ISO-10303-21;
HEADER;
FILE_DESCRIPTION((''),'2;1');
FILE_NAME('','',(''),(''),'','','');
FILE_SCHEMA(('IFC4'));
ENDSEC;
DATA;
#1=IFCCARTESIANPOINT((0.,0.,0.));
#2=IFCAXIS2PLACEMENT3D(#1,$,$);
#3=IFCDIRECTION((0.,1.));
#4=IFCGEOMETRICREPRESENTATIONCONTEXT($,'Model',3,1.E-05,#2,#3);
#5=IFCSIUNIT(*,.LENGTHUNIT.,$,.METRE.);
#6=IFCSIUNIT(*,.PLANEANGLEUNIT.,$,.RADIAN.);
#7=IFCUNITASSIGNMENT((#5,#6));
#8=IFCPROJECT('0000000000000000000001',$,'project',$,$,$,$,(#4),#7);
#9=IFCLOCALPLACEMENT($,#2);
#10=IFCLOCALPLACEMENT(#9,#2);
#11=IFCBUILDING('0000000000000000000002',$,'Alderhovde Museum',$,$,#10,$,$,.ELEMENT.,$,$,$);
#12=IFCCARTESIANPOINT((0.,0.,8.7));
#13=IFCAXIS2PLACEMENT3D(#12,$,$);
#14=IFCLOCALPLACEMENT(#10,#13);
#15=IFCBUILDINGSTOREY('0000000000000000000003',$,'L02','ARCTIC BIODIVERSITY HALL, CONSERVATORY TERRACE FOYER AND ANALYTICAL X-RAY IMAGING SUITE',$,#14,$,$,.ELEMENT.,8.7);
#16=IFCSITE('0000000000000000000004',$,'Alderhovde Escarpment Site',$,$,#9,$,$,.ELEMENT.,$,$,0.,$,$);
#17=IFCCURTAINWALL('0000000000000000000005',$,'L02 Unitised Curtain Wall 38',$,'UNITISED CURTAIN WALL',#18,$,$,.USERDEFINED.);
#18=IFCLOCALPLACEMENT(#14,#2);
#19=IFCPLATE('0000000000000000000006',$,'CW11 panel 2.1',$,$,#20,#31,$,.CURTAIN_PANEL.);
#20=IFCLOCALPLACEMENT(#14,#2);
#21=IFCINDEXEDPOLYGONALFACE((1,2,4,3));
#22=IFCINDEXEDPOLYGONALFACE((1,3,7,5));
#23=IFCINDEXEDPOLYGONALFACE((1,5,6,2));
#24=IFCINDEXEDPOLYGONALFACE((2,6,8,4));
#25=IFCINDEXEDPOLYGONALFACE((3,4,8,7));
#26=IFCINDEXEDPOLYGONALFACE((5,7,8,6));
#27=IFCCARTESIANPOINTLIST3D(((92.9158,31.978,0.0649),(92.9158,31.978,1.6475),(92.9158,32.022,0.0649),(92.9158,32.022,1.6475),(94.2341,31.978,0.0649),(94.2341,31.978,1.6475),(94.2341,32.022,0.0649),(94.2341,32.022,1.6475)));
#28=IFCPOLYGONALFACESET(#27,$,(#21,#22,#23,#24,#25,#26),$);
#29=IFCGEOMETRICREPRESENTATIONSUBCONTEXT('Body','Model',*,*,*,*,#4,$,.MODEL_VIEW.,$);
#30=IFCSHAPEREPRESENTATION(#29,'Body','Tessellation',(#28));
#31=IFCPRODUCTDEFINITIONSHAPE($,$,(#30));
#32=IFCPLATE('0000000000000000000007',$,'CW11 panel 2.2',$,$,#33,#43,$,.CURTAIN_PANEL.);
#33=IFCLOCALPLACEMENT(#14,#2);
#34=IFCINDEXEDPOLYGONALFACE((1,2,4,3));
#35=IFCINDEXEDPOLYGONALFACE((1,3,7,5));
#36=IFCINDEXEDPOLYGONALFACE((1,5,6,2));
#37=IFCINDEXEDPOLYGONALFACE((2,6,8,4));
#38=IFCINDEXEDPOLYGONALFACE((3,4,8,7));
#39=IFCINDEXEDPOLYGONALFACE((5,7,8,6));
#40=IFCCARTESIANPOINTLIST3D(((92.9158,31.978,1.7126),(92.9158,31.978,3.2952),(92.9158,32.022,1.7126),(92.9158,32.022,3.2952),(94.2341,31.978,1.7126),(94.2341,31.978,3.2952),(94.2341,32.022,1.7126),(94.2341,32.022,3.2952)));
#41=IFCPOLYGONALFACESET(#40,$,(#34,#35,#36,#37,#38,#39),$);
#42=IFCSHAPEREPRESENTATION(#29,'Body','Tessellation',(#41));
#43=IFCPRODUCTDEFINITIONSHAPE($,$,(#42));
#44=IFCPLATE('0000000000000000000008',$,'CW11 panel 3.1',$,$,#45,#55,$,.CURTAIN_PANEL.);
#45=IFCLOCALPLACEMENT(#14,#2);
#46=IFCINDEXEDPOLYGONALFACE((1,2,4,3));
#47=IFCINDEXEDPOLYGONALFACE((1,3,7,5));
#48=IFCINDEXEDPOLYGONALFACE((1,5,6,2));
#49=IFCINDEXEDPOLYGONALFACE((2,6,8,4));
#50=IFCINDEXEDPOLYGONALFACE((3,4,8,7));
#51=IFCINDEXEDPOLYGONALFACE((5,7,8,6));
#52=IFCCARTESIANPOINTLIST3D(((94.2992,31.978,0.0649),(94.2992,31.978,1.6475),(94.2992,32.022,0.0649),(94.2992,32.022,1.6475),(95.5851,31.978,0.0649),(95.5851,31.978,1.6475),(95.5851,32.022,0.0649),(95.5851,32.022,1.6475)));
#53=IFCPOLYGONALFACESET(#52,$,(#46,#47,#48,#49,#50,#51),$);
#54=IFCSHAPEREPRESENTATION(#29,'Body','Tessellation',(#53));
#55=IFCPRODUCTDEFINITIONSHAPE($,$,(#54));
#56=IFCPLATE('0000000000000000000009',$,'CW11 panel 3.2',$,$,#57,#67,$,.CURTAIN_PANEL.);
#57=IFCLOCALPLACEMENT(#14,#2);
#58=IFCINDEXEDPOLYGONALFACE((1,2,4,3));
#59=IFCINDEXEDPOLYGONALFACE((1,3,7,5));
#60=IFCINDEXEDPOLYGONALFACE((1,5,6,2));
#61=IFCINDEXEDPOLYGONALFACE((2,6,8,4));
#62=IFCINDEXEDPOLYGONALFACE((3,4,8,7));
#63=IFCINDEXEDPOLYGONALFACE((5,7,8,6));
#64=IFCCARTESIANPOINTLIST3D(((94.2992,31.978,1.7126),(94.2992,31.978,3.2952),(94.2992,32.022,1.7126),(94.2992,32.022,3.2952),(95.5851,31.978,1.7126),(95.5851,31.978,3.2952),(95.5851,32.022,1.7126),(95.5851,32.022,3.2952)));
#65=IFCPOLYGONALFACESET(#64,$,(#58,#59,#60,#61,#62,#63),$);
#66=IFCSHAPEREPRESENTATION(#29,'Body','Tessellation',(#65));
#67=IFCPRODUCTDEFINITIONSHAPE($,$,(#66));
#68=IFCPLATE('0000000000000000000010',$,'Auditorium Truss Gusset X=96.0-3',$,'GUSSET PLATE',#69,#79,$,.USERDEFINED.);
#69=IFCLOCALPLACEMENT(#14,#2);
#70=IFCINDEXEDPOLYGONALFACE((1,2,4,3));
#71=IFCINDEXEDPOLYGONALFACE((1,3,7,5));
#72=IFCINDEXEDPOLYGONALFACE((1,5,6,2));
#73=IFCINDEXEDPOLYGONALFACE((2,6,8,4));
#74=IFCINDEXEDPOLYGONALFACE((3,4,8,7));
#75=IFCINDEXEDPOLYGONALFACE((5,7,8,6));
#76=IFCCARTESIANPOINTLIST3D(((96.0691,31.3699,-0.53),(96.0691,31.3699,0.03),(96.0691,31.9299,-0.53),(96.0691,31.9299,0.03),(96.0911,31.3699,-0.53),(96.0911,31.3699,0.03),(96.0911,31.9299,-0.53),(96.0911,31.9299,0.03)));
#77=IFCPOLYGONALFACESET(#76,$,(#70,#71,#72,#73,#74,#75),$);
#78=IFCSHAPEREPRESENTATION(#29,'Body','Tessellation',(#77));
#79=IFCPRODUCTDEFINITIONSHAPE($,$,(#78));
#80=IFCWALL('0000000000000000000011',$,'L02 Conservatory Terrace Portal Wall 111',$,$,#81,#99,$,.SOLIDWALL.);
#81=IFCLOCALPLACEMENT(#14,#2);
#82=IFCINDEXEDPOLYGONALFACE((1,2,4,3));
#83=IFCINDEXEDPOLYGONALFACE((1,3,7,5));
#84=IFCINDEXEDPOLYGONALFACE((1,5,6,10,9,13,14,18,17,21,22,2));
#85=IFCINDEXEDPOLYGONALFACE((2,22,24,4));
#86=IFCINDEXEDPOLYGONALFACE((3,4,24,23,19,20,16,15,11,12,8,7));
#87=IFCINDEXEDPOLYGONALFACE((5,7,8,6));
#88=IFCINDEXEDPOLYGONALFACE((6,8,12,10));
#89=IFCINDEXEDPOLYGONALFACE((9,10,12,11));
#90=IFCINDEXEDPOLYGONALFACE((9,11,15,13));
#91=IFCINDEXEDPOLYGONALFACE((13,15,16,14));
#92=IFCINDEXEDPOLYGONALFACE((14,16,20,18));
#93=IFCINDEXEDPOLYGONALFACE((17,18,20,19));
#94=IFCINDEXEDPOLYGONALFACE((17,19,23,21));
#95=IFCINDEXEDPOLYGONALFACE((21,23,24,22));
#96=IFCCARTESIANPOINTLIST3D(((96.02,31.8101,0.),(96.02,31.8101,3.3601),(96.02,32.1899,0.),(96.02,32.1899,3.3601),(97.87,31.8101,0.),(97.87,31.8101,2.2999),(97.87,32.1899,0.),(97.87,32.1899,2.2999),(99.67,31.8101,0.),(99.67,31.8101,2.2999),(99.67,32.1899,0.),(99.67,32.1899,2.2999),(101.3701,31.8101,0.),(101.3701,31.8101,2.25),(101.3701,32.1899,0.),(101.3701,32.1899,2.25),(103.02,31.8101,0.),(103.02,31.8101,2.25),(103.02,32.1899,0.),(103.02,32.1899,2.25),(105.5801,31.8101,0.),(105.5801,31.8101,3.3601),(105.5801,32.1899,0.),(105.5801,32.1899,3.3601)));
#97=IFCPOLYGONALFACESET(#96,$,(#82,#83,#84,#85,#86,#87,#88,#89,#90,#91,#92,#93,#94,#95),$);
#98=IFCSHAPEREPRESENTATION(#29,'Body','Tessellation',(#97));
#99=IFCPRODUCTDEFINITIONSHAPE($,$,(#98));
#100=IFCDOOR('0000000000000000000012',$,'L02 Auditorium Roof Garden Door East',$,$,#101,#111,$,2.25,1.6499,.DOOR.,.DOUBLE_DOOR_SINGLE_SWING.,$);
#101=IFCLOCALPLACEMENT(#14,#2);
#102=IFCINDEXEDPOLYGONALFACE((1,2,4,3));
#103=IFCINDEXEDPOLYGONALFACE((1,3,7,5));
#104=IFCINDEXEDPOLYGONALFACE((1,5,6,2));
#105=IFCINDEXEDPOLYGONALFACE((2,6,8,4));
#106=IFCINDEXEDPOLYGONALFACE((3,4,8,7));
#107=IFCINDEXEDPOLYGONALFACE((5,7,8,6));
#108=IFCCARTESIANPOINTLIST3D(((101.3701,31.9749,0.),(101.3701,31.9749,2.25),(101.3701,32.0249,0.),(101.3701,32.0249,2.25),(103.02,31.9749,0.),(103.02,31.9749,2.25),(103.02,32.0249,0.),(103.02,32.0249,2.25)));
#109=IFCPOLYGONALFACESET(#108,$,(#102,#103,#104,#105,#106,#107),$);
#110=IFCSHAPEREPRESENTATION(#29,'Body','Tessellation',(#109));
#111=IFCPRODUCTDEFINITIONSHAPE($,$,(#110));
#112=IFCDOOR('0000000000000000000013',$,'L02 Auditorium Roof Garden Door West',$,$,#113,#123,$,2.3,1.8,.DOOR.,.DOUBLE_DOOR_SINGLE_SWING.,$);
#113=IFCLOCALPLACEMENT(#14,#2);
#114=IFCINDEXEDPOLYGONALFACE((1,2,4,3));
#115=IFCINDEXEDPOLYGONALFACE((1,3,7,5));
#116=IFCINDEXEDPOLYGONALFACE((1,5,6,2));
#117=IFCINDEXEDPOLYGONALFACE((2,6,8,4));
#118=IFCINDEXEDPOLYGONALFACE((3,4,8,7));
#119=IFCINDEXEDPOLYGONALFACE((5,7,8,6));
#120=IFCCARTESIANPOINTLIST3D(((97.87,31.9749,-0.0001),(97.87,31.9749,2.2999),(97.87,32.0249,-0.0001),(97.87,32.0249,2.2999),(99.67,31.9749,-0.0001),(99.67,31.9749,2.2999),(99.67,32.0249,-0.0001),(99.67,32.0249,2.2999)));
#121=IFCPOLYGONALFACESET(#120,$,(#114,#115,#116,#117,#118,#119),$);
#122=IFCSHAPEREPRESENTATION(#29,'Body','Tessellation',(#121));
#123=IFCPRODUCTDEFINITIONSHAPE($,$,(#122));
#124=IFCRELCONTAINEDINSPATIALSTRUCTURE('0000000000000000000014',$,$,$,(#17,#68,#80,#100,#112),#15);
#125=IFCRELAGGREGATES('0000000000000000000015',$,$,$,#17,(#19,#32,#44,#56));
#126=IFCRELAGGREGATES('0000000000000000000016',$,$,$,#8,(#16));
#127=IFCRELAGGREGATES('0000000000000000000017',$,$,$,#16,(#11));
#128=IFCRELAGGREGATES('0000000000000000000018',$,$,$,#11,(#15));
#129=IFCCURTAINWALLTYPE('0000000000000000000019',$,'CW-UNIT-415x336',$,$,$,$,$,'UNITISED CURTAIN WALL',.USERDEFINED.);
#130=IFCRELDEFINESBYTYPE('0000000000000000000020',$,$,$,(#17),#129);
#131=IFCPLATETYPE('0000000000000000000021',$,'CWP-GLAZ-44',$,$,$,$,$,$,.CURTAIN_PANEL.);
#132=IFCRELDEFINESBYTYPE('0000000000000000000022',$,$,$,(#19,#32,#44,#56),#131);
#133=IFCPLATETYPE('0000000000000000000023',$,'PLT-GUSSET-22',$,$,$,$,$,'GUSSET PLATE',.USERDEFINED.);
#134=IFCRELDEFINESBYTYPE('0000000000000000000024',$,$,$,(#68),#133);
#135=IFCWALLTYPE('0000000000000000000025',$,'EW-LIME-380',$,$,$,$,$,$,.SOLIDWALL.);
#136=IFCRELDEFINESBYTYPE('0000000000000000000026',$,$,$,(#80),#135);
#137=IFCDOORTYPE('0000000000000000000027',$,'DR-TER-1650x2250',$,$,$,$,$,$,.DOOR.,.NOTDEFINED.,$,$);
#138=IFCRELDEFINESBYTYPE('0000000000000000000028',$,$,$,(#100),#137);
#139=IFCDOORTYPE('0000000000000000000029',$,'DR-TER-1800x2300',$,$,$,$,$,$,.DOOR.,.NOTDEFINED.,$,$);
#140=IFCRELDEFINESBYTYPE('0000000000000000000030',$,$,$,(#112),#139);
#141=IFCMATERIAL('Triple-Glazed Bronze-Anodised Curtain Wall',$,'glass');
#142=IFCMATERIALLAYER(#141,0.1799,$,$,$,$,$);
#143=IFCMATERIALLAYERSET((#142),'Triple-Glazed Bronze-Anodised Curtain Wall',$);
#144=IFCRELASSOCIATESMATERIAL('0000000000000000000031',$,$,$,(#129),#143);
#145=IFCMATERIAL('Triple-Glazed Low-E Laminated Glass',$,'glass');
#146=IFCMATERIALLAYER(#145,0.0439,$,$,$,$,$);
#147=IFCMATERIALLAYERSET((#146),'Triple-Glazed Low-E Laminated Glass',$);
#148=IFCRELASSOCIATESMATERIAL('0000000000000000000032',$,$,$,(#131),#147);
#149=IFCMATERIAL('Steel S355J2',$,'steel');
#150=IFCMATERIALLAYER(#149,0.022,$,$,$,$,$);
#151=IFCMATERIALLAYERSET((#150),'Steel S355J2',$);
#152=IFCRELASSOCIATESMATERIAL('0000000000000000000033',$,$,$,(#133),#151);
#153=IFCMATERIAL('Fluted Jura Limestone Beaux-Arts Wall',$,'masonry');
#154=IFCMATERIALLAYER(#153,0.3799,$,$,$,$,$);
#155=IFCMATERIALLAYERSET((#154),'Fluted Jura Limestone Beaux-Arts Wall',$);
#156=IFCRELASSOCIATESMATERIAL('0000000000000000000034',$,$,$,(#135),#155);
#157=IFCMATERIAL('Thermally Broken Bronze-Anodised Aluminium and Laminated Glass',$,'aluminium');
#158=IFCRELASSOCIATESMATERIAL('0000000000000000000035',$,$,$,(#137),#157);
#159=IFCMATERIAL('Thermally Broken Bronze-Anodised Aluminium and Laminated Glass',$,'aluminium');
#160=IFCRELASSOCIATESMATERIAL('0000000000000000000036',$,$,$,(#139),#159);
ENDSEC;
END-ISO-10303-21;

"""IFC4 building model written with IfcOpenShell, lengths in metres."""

from ifc_helpers import new_model, si_unit, direction, frame, frame_2d, origin, origin_2d, place, context, subcontext, project, spatial, rectangle, extrude, material, layer, layer_set, type_object, element, fill, aggregate, save


model = new_model("IFC4")

# Units and contexts
model_context = context("Model", 3, precision=1e-05, world=origin(), true_north=direction((0.0, 1.0)))
body_context = subcontext(model_context, "Body", "Model", "MODEL_VIEW")
ifc_project = project(units=[si_unit("LENGTHUNIT", "METRE"), si_unit("PLANEANGLEUNIT", "RADIAN")], contexts=[model_context])

# Site, building, storey
site_placement = place(None, origin())
site = spatial("IfcSite", under=ifc_project, at=site_placement, Name="Alderhovde Escarpment Site", CompositionType="ELEMENT", RefElevation=0.0)
building_placement = place(site_placement, origin())
building = spatial("IfcBuilding", under=site, at=building_placement, Name="Alderhovde Museum", CompositionType="ELEMENT")
storey_placement = place(building_placement, frame((0.0, 0.0, 8.7)))
storey = spatial("IfcBuildingStorey", under=building, at=storey_placement, Name="L02", Description="ARCTIC BIODIVERSITY HALL, CONSERVATORY TERRACE FOYER AND ANALYTICAL X-RAY IMAGING SUITE", CompositionType="ELEMENT", Elevation=8.7)

# Curtain wall
ifc_material_1 = material(Name="Triple-Glazed Bronze-Anodised Curtain Wall", Category="glass")
ifc_layer_1 = layer(ifc_material_1, 0.1799)
ifc_layer_set_1 = layer_set([ifc_layer_1], Name="Triple-Glazed Bronze-Anodised Curtain Wall")
curtain_wall_type = type_object("IfcCurtainWallType", Name="CW-UNIT-415x336", ElementType="UNITISED CURTAIN WALL", PredefinedType="USERDEFINED", material=ifc_layer_set_1)
curtain_wall_placement = place(storey_placement, origin())
curtain_wall = element("IfcCurtainWall", 1, at=curtain_wall_placement, inside=storey, type_object=curtain_wall_type, Name="L02 Unitised Curtain Wall 38", ObjectType="UNITISED CURTAIN WALL", PredefinedType="USERDEFINED")

# Plates
ifc_material_2 = material(Name="Triple-Glazed Low-E Laminated Glass", Category="glass")
ifc_layer_2 = layer(ifc_material_2, 0.0439)
ifc_layer_set_2 = layer_set([ifc_layer_2], Name="Triple-Glazed Low-E Laminated Glass")
plate_type_1 = type_object("IfcPlateType", Name="CWP-GLAZ-44", PredefinedType="CURTAIN_PANEL", material=ifc_layer_set_2)
plate_1_placement = place(storey_placement, frame((93.575, 32.0, 0.0649), z_axis=(0.0, 0.0, 1.0), x_axis=(1.0, 0.0, 0.0)))
plate_1 = element("IfcPlate", 2, at=plate_1_placement, type_object=plate_type_1, Name="CW11 panel 2.1", PredefinedType="CURTAIN_PANEL", context=body_context, shape_type="SweptSolid", body=[
    extrude(rectangle(XDim=1.3184, YDim=0.0439, at=origin_2d()), origin(), (0.0, 0.0, 1.0), 1.5825),
])
plate_2_placement = place(storey_placement, frame((93.575, 32.0, 1.7126), z_axis=(0.0, 0.0, 1.0), x_axis=(1.0, 0.0, 0.0)))
plate_2 = element("IfcPlate", 3, at=plate_2_placement, type_object=plate_type_1, Name="CW11 panel 2.2", PredefinedType="CURTAIN_PANEL", context=body_context, shape_type="SweptSolid", body=[
    extrude(rectangle(XDim=1.3184, YDim=0.0439, at=origin_2d()), origin(), (0.0, 0.0, 1.0), 1.5825),
])
plate_3_placement = place(storey_placement, frame((94.9421, 32.0, 0.0649), z_axis=(0.0, 0.0, 1.0), x_axis=(1.0, 0.0, 0.0)))
plate_3 = element("IfcPlate", 4, at=plate_3_placement, type_object=plate_type_1, Name="CW11 panel 3.1", PredefinedType="CURTAIN_PANEL", context=body_context, shape_type="SweptSolid", body=[
    extrude(rectangle(XDim=1.2859, YDim=0.0439, at=origin_2d()), origin(), (0.0, 0.0, 1.0), 1.5825),
])
plate_4_placement = place(storey_placement, frame((94.9421, 32.0, 1.7126), z_axis=(0.0, 0.0, 1.0), x_axis=(1.0, 0.0, 0.0)))
plate_4 = element("IfcPlate", 5, at=plate_4_placement, type_object=plate_type_1, Name="CW11 panel 3.2", PredefinedType="CURTAIN_PANEL", context=body_context, shape_type="SweptSolid", body=[
    extrude(rectangle(XDim=1.2859, YDim=0.0439, at=origin_2d()), origin(), (0.0, 0.0, 1.0), 1.5825),
])
aggregate(curtain_wall, [plate_1, plate_2, plate_3, plate_4])
ifc_material_3 = material(Name="Steel S355J2", Category="steel")
ifc_layer_3 = layer(ifc_material_3, 0.022)
ifc_layer_set_3 = layer_set([ifc_layer_3], Name="Steel S355J2")
plate_type_2 = type_object("IfcPlateType", Name="PLT-GUSSET-22", ElementType="GUSSET PLATE", PredefinedType="USERDEFINED", material=ifc_layer_set_3)
plate_5_placement = place(storey_placement, frame((96.0801, 31.6499, -0.53), z_axis=(0.0, 0.0, 1.0), x_axis=(1.0, 0.0, 0.0)))
element("IfcPlate", 6, at=plate_5_placement, inside=storey, type_object=plate_type_2, Name="Auditorium Truss Gusset X=96.0-3", ObjectType="GUSSET PLATE", PredefinedType="USERDEFINED", context=body_context, shape_type="SweptSolid", body=[
    extrude(rectangle(XDim=0.022, YDim=0.5601, at=origin_2d()), origin(), (0.0, 0.0, 1.0), 0.5601),
])

# Wall, openings, doors
ifc_material_4 = material(Name="Fluted Jura Limestone Beaux-Arts Wall", Category="masonry")
ifc_layer_4 = layer(ifc_material_4, 0.3799)
ifc_layer_set_4 = layer_set([ifc_layer_4], Name="Fluted Jura Limestone Beaux-Arts Wall")
wall_type = type_object("IfcWallType", Name="EW-LIME-380", PredefinedType="SOLIDWALL", material=ifc_layer_set_4)
wall_placement = place(storey_placement, frame((96.02, 32.0, 0.0), z_axis=(0.0, 0.0, 1.0), x_axis=(1.0, 0.0, 0.0)))
wall = element("IfcWall", 7, at=wall_placement, inside=storey, type_object=wall_type, Name="L02 Conservatory Terrace Portal Wall 111", PredefinedType="SOLIDWALL", context=body_context, shape_type="SweptSolid", body=[
    extrude(rectangle(XDim=9.5601, YDim=0.3799, at=frame_2d((4.78, 0.0))), origin(), (0.0, 0.0, 1.0), 3.3601),
])
opening_1_placement = place(wall_placement, frame((1.8501, 0.0, 0.0)))
opening_1 = element("IfcOpeningElement", 8, at=opening_1_placement, cuts=wall, PredefinedType="OPENING", context=body_context, shape_type="SweptSolid", body=[
    extrude(rectangle(XDim=1.8, YDim=2.3, at=frame_2d((0.8999, 1.1499))), frame((0.0, 0.2, 0.0), z_axis=(0.0, -1.0, 0.0), x_axis=(1.0, 0.0, 0.0)), (0.0, 0.0, 1.0), 0.3999),
])
opening_2_placement = place(wall_placement, frame((5.3501, 0.0, 0.0)))
opening_2 = element("IfcOpeningElement", 9, at=opening_2_placement, cuts=wall, PredefinedType="OPENING", context=body_context, shape_type="SweptSolid", body=[
    extrude(rectangle(XDim=1.6499, YDim=2.25, at=frame_2d((0.825, 1.125))), frame((0.0, 0.2, 0.0), z_axis=(0.0, -1.0, 0.0), x_axis=(1.0, 0.0, 0.0)), (0.0, 0.0, 1.0), 0.3999),
])
ifc_material_5 = material(Name="Thermally Broken Bronze-Anodised Aluminium and Laminated Glass", Category="aluminium")
door_type_1 = type_object("IfcDoorType", Name="DR-TER-1650x2250", OperationType="NOTDEFINED", PredefinedType="DOOR", material=ifc_material_5)
door_1_placement = place(opening_2_placement, origin())
door_1 = element("IfcDoor", 10, at=door_1_placement, inside=storey, type_object=door_type_1, Name="L02 Auditorium Roof Garden Door East", OperationType="DOUBLE_DOOR_SINGLE_SWING", OverallHeight=2.25, OverallWidth=1.6499, PredefinedType="DOOR", context=body_context, shape_type="SweptSolid", body=[
    extrude(rectangle(XDim=1.6499, YDim=2.25, at=frame_2d((0.825, 1.125))), frame((0.0, 0.0249, 0.0), z_axis=(0.0, -1.0, 0.0), x_axis=(1.0, 0.0, 0.0)), (0.0, 0.0, 1.0), 0.05),
])
fill(opening_2, door_1)
ifc_material_6 = material(Name="Thermally Broken Bronze-Anodised Aluminium and Laminated Glass", Category="aluminium")
door_type_2 = type_object("IfcDoorType", Name="DR-TER-1800x2300", OperationType="NOTDEFINED", PredefinedType="DOOR", material=ifc_material_6)
door_2_placement = place(opening_1_placement, origin())
door_2 = element("IfcDoor", 11, at=door_2_placement, inside=storey, type_object=door_type_2, Name="L02 Auditorium Roof Garden Door West", OperationType="DOUBLE_DOOR_SINGLE_SWING", OverallHeight=2.3, OverallWidth=1.8, PredefinedType="DOOR", context=body_context, shape_type="SweptSolid", body=[
    extrude(rectangle(XDim=1.8, YDim=2.3, at=frame_2d((0.8999, 1.1499))), frame((0.0, 0.0249, 0.0), z_axis=(0.0, -1.0, 0.0), x_axis=(1.0, 0.0, 0.0)), (0.0, 0.0, 1.0), 0.05),
])
fill(opening_1, door_2)

save(model, "model.ifc")
